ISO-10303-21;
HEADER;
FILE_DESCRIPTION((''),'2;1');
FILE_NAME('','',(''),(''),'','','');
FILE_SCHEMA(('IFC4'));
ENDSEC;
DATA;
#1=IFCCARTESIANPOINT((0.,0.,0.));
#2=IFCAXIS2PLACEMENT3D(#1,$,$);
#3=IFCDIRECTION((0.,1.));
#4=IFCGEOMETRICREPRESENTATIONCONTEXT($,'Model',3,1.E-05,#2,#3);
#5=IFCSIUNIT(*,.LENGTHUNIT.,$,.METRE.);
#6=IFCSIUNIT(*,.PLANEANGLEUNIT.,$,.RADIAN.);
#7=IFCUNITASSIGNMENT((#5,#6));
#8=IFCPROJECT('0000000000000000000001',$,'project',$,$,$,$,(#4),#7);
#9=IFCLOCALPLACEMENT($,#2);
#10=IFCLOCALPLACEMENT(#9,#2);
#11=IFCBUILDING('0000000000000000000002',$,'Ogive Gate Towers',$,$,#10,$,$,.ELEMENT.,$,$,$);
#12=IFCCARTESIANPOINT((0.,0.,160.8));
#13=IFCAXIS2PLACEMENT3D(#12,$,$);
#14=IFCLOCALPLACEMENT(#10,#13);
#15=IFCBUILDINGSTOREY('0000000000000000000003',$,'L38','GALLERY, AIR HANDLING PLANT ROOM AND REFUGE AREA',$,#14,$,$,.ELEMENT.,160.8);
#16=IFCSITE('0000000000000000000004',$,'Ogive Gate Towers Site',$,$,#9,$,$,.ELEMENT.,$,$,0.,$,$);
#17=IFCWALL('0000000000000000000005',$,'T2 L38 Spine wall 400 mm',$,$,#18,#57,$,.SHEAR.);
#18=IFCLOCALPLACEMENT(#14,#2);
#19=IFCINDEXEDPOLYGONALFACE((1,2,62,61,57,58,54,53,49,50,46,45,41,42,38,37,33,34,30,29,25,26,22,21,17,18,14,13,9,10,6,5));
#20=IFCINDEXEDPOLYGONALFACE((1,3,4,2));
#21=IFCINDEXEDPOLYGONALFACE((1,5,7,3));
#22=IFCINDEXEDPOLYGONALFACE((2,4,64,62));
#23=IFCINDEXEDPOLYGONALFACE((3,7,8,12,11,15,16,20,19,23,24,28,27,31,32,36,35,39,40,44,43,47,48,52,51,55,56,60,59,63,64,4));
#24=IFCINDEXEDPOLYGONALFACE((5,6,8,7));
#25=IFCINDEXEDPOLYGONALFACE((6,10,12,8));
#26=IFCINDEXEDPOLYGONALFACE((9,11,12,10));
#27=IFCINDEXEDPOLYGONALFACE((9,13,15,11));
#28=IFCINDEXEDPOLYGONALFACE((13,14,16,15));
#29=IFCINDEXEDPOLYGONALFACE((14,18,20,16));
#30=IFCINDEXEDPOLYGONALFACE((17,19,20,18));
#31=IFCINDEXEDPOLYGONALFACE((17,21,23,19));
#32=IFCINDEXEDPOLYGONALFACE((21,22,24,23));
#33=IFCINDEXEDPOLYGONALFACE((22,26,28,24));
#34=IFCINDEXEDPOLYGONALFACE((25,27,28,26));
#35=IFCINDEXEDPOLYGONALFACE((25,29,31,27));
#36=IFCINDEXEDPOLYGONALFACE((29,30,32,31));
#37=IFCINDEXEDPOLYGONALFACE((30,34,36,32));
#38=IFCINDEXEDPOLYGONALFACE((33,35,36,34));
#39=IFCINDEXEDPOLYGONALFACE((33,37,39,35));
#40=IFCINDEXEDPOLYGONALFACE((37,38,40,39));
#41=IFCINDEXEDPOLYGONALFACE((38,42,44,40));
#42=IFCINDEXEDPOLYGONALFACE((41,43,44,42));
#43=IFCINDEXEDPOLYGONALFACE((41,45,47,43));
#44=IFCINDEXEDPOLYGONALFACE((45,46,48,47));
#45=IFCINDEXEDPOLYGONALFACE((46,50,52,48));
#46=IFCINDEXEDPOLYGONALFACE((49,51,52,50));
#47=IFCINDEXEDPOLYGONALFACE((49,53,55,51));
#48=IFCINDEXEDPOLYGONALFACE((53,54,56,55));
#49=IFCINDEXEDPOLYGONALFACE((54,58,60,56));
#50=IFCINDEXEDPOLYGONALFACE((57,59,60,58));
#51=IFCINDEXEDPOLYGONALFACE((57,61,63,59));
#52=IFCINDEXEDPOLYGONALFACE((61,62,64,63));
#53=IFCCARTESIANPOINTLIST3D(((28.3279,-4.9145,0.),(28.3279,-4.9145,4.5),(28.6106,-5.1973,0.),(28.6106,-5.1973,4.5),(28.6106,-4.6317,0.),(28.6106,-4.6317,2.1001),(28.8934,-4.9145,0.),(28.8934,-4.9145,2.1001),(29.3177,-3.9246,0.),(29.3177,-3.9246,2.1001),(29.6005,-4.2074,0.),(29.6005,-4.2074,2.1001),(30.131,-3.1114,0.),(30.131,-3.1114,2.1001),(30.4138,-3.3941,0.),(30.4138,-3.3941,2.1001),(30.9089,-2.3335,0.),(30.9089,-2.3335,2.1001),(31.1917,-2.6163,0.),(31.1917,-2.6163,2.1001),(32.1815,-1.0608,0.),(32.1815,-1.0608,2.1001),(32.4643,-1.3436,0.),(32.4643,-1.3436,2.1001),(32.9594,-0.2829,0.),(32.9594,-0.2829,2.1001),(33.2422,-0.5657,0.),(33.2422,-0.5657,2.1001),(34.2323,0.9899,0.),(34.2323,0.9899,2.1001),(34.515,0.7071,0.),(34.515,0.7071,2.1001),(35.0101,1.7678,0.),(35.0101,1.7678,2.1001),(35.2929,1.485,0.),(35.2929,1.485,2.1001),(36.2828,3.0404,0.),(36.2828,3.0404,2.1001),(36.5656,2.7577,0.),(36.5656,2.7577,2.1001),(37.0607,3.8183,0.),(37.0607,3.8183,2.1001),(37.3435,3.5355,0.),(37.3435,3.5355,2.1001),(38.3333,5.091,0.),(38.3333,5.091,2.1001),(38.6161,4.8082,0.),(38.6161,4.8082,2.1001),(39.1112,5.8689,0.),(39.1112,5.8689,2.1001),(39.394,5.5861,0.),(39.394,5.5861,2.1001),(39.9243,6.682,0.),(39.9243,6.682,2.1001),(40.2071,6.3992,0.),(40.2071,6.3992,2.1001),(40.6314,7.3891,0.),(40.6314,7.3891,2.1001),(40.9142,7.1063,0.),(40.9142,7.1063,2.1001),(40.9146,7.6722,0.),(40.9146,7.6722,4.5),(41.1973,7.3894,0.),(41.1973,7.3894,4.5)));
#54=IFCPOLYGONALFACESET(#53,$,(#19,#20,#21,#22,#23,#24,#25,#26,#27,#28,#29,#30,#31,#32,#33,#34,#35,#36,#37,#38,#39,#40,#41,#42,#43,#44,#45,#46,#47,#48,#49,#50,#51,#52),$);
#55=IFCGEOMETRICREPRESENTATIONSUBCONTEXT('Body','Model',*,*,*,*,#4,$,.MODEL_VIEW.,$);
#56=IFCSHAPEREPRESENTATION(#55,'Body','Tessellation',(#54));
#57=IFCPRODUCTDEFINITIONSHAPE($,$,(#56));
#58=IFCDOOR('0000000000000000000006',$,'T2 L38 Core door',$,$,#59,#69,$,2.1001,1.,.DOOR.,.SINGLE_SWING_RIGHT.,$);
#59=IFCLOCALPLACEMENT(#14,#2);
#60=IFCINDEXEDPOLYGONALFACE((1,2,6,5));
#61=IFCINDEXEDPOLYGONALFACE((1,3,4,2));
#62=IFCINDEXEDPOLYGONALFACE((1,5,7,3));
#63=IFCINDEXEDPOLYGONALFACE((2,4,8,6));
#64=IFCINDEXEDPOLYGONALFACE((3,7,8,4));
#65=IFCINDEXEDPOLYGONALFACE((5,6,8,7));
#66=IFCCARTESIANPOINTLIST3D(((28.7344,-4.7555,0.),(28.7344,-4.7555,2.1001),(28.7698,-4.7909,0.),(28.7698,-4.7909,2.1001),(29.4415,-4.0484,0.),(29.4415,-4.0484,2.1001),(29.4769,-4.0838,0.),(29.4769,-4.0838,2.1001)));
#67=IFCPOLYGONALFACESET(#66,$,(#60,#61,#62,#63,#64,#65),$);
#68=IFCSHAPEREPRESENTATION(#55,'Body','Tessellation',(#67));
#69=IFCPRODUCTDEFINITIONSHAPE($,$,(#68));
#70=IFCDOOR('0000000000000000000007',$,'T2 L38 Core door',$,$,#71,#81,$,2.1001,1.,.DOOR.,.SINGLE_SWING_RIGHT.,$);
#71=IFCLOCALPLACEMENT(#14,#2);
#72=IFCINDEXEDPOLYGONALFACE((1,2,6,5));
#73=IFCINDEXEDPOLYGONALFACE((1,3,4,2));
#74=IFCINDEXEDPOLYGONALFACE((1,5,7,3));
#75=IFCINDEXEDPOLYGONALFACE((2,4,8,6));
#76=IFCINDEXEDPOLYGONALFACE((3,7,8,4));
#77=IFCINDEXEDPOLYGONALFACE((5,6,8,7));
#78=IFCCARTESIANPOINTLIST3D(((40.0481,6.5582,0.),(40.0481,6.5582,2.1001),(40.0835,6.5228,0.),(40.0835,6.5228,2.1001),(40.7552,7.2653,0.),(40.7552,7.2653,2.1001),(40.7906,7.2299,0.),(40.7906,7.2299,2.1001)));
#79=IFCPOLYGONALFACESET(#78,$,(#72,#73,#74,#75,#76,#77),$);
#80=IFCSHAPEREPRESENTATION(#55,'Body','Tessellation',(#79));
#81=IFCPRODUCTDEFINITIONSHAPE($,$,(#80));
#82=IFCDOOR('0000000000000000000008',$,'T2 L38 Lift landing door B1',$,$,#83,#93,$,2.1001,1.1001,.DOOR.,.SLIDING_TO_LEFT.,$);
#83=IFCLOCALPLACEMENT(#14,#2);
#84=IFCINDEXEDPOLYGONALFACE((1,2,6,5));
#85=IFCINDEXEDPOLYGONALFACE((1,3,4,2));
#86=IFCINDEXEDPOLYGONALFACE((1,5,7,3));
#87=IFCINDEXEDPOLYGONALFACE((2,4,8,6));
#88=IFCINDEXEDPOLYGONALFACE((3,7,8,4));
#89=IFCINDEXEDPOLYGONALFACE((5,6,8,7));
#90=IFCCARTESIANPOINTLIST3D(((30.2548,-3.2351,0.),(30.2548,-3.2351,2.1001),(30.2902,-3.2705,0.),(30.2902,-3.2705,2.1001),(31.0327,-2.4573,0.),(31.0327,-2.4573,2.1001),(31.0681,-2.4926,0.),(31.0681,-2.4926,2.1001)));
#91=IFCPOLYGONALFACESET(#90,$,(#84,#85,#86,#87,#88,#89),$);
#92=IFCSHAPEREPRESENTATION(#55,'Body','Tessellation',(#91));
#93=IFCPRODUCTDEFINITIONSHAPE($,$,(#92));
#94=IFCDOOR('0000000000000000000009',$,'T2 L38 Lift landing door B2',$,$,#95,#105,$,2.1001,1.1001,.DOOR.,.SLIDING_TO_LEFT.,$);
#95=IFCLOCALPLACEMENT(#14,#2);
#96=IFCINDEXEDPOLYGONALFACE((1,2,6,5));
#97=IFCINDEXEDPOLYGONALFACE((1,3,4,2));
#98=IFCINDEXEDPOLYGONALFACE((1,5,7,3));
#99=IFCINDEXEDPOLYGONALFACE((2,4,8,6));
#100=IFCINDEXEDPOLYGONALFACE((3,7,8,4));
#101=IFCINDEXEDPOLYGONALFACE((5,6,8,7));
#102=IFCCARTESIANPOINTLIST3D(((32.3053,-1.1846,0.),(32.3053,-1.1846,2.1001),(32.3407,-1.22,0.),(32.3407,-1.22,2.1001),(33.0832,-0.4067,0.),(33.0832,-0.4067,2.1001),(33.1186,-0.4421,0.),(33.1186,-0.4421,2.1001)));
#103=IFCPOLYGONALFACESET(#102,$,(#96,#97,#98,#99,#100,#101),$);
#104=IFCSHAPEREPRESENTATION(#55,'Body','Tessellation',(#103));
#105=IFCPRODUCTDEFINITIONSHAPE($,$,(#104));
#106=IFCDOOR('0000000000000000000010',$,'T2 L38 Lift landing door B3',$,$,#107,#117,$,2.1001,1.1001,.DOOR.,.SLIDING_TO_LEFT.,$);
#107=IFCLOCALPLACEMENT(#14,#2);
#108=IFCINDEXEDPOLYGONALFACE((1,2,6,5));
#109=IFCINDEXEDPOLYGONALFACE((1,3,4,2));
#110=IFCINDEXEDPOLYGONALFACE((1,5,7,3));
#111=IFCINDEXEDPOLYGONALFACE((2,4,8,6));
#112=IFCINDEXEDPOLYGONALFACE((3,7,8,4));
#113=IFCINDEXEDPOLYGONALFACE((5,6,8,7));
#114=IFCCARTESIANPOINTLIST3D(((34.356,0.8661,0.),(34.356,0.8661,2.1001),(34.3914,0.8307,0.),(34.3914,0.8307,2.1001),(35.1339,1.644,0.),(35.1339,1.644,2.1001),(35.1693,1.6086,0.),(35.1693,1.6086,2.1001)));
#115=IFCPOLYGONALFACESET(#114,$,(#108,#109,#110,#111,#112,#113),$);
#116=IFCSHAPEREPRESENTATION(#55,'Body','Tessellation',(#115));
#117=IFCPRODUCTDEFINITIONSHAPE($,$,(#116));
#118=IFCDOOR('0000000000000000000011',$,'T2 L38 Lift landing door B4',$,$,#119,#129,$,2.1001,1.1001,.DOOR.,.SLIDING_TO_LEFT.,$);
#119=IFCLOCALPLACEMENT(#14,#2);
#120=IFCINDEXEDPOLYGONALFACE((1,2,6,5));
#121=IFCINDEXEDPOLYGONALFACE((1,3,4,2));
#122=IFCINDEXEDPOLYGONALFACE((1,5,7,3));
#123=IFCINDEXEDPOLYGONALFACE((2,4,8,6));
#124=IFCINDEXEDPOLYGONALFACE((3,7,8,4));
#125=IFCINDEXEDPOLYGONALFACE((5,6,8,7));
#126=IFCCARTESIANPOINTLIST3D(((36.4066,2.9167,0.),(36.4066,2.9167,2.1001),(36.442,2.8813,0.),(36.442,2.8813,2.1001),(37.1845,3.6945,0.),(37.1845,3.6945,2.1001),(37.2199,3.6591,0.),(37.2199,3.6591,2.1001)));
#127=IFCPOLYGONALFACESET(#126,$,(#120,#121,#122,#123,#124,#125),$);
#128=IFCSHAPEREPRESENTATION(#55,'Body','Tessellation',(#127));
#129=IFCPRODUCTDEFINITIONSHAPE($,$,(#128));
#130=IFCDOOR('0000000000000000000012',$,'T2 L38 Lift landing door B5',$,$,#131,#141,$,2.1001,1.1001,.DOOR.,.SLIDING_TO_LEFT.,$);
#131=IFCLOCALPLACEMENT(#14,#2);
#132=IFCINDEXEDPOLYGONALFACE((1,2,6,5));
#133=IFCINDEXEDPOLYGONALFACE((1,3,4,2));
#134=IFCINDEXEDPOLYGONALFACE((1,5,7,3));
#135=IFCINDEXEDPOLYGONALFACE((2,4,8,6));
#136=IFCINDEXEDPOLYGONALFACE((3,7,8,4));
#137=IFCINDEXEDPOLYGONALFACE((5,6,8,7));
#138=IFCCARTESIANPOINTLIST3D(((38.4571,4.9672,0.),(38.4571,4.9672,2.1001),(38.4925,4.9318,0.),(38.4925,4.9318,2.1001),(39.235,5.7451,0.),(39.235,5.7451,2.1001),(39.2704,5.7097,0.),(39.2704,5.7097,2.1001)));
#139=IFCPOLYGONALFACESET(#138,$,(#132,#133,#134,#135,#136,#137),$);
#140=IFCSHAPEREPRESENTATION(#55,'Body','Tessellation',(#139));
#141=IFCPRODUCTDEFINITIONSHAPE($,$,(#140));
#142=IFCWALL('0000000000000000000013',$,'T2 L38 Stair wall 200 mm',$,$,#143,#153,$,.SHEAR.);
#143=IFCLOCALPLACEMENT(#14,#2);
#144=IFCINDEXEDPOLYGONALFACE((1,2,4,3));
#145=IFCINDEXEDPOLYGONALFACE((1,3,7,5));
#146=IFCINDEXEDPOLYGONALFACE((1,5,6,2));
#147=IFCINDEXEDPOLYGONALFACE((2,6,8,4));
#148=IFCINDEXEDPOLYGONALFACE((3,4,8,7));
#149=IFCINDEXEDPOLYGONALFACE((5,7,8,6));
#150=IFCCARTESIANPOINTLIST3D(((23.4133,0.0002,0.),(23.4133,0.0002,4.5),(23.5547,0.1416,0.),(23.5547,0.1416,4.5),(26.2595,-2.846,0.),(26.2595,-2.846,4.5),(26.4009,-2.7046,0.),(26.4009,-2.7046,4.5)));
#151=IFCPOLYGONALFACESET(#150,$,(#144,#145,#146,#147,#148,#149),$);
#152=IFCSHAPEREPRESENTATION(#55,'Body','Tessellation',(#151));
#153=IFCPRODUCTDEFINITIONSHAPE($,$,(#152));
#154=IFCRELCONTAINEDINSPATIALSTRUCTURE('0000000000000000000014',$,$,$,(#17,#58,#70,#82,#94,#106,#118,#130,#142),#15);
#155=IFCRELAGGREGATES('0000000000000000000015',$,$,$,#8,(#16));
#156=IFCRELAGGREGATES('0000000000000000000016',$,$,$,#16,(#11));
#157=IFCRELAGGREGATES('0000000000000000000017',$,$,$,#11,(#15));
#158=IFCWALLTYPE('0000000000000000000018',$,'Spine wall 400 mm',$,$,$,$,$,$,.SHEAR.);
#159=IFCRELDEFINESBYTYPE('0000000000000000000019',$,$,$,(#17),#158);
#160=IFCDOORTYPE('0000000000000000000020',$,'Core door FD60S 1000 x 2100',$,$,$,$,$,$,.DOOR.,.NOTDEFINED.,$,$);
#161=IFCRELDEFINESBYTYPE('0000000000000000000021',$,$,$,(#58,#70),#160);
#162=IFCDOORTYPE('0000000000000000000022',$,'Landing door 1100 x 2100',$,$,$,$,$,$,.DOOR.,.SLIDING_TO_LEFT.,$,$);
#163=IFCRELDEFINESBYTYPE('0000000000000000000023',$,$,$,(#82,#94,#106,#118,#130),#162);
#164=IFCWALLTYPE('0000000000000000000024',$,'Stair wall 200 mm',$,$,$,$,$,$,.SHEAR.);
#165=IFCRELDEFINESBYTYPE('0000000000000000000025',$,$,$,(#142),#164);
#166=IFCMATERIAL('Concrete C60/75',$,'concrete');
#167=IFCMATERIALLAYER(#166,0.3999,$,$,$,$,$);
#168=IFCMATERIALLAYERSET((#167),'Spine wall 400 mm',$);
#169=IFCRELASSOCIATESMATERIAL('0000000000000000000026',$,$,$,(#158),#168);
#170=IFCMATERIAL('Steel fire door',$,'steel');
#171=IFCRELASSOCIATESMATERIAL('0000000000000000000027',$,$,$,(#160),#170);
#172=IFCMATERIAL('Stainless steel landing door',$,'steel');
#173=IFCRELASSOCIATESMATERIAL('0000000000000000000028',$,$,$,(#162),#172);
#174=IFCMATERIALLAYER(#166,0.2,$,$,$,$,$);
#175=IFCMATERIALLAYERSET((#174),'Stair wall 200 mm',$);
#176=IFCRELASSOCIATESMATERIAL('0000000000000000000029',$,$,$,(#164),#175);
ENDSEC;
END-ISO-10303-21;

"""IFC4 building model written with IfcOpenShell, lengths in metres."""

from ifc_helpers import new_model, si_unit, direction, frame, frame_2d, origin, place, context, subcontext, project, spatial, rectangle, extrude, material, layer, layer_set, type_object, element, fill, save


model = new_model("IFC4")

# Units and contexts
model_context = context("Model", 3, precision=1e-05, world=origin(), true_north=direction((0.0, 1.0)))
body_context = subcontext(model_context, "Body", "Model", "MODEL_VIEW")
ifc_project = project(units=[si_unit("LENGTHUNIT", "METRE"), si_unit("PLANEANGLEUNIT", "RADIAN")], contexts=[model_context])

# Site, building, storey
site_placement = place(None, origin())
site = spatial("IfcSite", under=ifc_project, at=site_placement, Name="Ogive Gate Towers Site", CompositionType="ELEMENT", RefElevation=0.0)
building_placement = place(site_placement, origin())
building = spatial("IfcBuilding", under=site, at=building_placement, Name="Ogive Gate Towers", CompositionType="ELEMENT")
storey_placement = place(building_placement, frame((0.0, 0.0, 160.8)))
storey = spatial("IfcBuildingStorey", under=building, at=storey_placement, Name="L38", Description="GALLERY, AIR HANDLING PLANT ROOM AND REFUGE AREA", CompositionType="ELEMENT", Elevation=160.8)

# Shared definitions
ifc_material_1 = material(Name="Concrete C60/75", Category="concrete")

# Wall, openings, doors
ifc_layer_1 = layer(ifc_material_1, 0.3999)
ifc_layer_set_1 = layer_set([ifc_layer_1], Name="Spine wall 400 mm")
wall_type_1 = type_object("IfcWallType", Name="Spine wall 400 mm", PredefinedType="SHEAR", material=ifc_layer_set_1)
ifc_material_2 = material(Name="Steel fire door", Category="steel")
door_type_1 = type_object("IfcDoorType", Name="Core door FD60S 1000 x 2100", OperationType="NOTDEFINED", PredefinedType="DOOR", material=ifc_material_2)
ifc_material_3 = material(Name="Stainless steel landing door", Category="steel")
door_type_2 = type_object("IfcDoorType", Name="Landing door 1100 x 2100", OperationType="SLIDING_TO_LEFT", PredefinedType="DOOR", material=ifc_material_3)
wall_1_placement = place(storey_placement, frame((28.4692, -5.0559, 0.0), z_axis=(0.0, 0.0, 1.0), x_axis=(0.707107, 0.707107, 0.0)))
wall_1 = element("IfcWall", 1, at=wall_1_placement, inside=storey, type_object=wall_type_1, Name="T2 L38 Spine wall 400 mm", PredefinedType="SHEAR", context=body_context, shape_type="SweptSolid", body=[
    extrude(rectangle(XDim=17.8003, YDim=0.3999, at=frame_2d((8.9001, 0.0))), origin(), (0.0, 0.0, 1.0), 4.5),
])
opening_1_placement = place(wall_1_placement, frame((0.3999, 0.0, 0.0)))
opening_1 = element("IfcOpeningElement", 2, at=opening_1_placement, cuts=wall_1, PredefinedType="OPENING", context=body_context, shape_type="SweptSolid", body=[
    extrude(rectangle(XDim=1.0, YDim=2.1001, at=frame_2d((0.5, 1.05))), frame((0.0, 0.21, 0.0), z_axis=(0.0, -1.0, 0.0), x_axis=(1.0, 0.0, 0.0)), (0.0, 0.0, 1.0), 0.4199),
])
opening_2_placement = place(wall_1_placement, frame((2.55, 0.0, 0.0)))
opening_2 = element("IfcOpeningElement", 3, at=opening_2_placement, cuts=wall_1, PredefinedType="OPENING", context=body_context, shape_type="SweptSolid", body=[
    extrude(rectangle(XDim=1.1001, YDim=2.1001, at=frame_2d((0.55, 1.05))), frame((0.0, 0.21, 0.0), z_axis=(0.0, -1.0, 0.0), x_axis=(1.0, 0.0, 0.0)), (0.0, 0.0, 1.0), 0.4199),
])
opening_3_placement = place(wall_1_placement, frame((5.45, 0.0, 0.0)))
opening_3 = element("IfcOpeningElement", 4, at=opening_3_placement, cuts=wall_1, PredefinedType="OPENING", context=body_context, shape_type="SweptSolid", body=[
    extrude(rectangle(XDim=1.1001, YDim=2.1001, at=frame_2d((0.55, 1.05))), frame((0.0, 0.21, 0.0), z_axis=(0.0, -1.0, 0.0), x_axis=(1.0, 0.0, 0.0)), (0.0, 0.0, 1.0), 0.4199),
])
opening_4_placement = place(wall_1_placement, frame((8.3501, 0.0, 0.0)))
opening_4 = element("IfcOpeningElement", 5, at=opening_4_placement, cuts=wall_1, PredefinedType="OPENING", context=body_context, shape_type="SweptSolid", body=[
    extrude(rectangle(XDim=1.1001, YDim=2.1001, at=frame_2d((0.55, 1.05))), frame((0.0, 0.21, 0.0), z_axis=(0.0, -1.0, 0.0), x_axis=(1.0, 0.0, 0.0)), (0.0, 0.0, 1.0), 0.4199),
])
opening_5_placement = place(wall_1_placement, frame((11.25, 0.0, 0.0)))
opening_5 = element("IfcOpeningElement", 6, at=opening_5_placement, cuts=wall_1, PredefinedType="OPENING", context=body_context, shape_type="SweptSolid", body=[
    extrude(rectangle(XDim=1.1001, YDim=2.1001, at=frame_2d((0.55, 1.05))), frame((0.0, 0.21, 0.0), z_axis=(0.0, -1.0, 0.0), x_axis=(1.0, 0.0, 0.0)), (0.0, 0.0, 1.0), 0.4199),
])
opening_6_placement = place(wall_1_placement, frame((14.1499, 0.0, 0.0)))
opening_6 = element("IfcOpeningElement", 7, at=opening_6_placement, cuts=wall_1, PredefinedType="OPENING", context=body_context, shape_type="SweptSolid", body=[
    extrude(rectangle(XDim=1.1001, YDim=2.1001, at=frame_2d((0.55, 1.05))), frame((0.0, 0.21, 0.0), z_axis=(0.0, -1.0, 0.0), x_axis=(1.0, 0.0, 0.0)), (0.0, 0.0, 1.0), 0.4199),
])
opening_7_placement = place(wall_1_placement, frame((16.3999, 0.0, 0.0)))
opening_7 = element("IfcOpeningElement", 8, at=opening_7_placement, cuts=wall_1, PredefinedType="OPENING", context=body_context, shape_type="SweptSolid", body=[
    extrude(rectangle(XDim=1.0, YDim=2.1001, at=frame_2d((0.5, 1.05))), frame((0.0, 0.21, 0.0), z_axis=(0.0, -1.0, 0.0), x_axis=(1.0, 0.0, 0.0)), (0.0, 0.0, 1.0), 0.4199),
])
door_1_placement = place(opening_1_placement, origin())
door_1 = element("IfcDoor", 9, at=door_1_placement, inside=storey, type_object=door_type_1, Name="T2 L38 Core door", OperationType="SINGLE_SWING_RIGHT", OverallHeight=2.1001, OverallWidth=1.0, PredefinedType="DOOR", context=body_context, shape_type="SweptSolid", body=[
    extrude(rectangle(XDim=1.0, YDim=2.1001, at=frame_2d((0.5, 1.05))), frame((0.0, 0.0249, 0.0), z_axis=(0.0, -1.0, 0.0), x_axis=(1.0, 0.0, 0.0)), (0.0, 0.0, 1.0), 0.05),
])
fill(opening_1, door_1)
door_2_placement = place(opening_7_placement, origin())
door_2 = element("IfcDoor", 10, at=door_2_placement, inside=storey, type_object=door_type_1, Name="T2 L38 Core door", OperationType="SINGLE_SWING_RIGHT", OverallHeight=2.1001, OverallWidth=1.0, PredefinedType="DOOR", context=body_context, shape_type="SweptSolid", body=[
    extrude(rectangle(XDim=1.0, YDim=2.1001, at=frame_2d((0.5, 1.05))), frame((0.0, 0.0249, 0.0), z_axis=(0.0, -1.0, 0.0), x_axis=(1.0, 0.0, 0.0)), (0.0, 0.0, 1.0), 0.05),
])
fill(opening_7, door_2)
door_3_placement = place(opening_2_placement, origin())
door_3 = element("IfcDoor", 11, at=door_3_placement, inside=storey, type_object=door_type_2, Name="T2 L38 Lift landing door B1", OperationType="SLIDING_TO_LEFT", OverallHeight=2.1001, OverallWidth=1.1001, PredefinedType="DOOR", context=body_context, shape_type="SweptSolid", body=[
    extrude(rectangle(XDim=1.1001, YDim=2.1001, at=frame_2d((0.55, 1.05))), frame((0.0, 0.0249, 0.0), z_axis=(0.0, -1.0, 0.0), x_axis=(1.0, 0.0, 0.0)), (0.0, 0.0, 1.0), 0.05),
])
fill(opening_2, door_3)
door_4_placement = place(opening_3_placement, origin())
door_4 = element("IfcDoor", 12, at=door_4_placement, inside=storey, type_object=door_type_2, Name="T2 L38 Lift landing door B2", OperationType="SLIDING_TO_LEFT", OverallHeight=2.1001, OverallWidth=1.1001, PredefinedType="DOOR", context=body_context, shape_type="SweptSolid", body=[
    extrude(rectangle(XDim=1.1001, YDim=2.1001, at=frame_2d((0.55, 1.05))), frame((0.0, 0.0249, 0.0), z_axis=(0.0, -1.0, 0.0), x_axis=(1.0, 0.0, 0.0)), (0.0, 0.0, 1.0), 0.05),
])
fill(opening_3, door_4)
door_5_placement = place(opening_4_placement, origin())
door_5 = element("IfcDoor", 13, at=door_5_placement, inside=storey, type_object=door_type_2, Name="T2 L38 Lift landing door B3", OperationType="SLIDING_TO_LEFT", OverallHeight=2.1001, OverallWidth=1.1001, PredefinedType="DOOR", context=body_context, shape_type="SweptSolid", body=[
    extrude(rectangle(XDim=1.1001, YDim=2.1001, at=frame_2d((0.55, 1.05))), frame((0.0, 0.0249, 0.0), z_axis=(0.0, -1.0, 0.0), x_axis=(1.0, 0.0, 0.0)), (0.0, 0.0, 1.0), 0.05),
])
fill(opening_4, door_5)
door_6_placement = place(opening_5_placement, origin())
door_6 = element("IfcDoor", 14, at=door_6_placement, inside=storey, type_object=door_type_2, Name="T2 L38 Lift landing door B4", OperationType="SLIDING_TO_LEFT", OverallHeight=2.1001, OverallWidth=1.1001, PredefinedType="DOOR", context=body_context, shape_type="SweptSolid", body=[
    extrude(rectangle(XDim=1.1001, YDim=2.1001, at=frame_2d((0.55, 1.05))), frame((0.0, 0.0249, 0.0), z_axis=(0.0, -1.0, 0.0), x_axis=(1.0, 0.0, 0.0)), (0.0, 0.0, 1.0), 0.05),
])
fill(opening_5, door_6)
door_7_placement = place(opening_6_placement, origin())
door_7 = element("IfcDoor", 15, at=door_7_placement, inside=storey, type_object=door_type_2, Name="T2 L38 Lift landing door B5", OperationType="SLIDING_TO_LEFT", OverallHeight=2.1001, OverallWidth=1.1001, PredefinedType="DOOR", context=body_context, shape_type="SweptSolid", body=[
    extrude(rectangle(XDim=1.1001, YDim=2.1001, at=frame_2d((0.55, 1.05))), frame((0.0, 0.0249, 0.0), z_axis=(0.0, -1.0, 0.0), x_axis=(1.0, 0.0, 0.0)), (0.0, 0.0, 1.0), 0.05),
])
fill(opening_6, door_7)

# Wall
ifc_layer_2 = layer(ifc_material_1, 0.2)
ifc_layer_set_2 = layer_set([ifc_layer_2], Name="Stair wall 200 mm")
wall_type_2 = type_object("IfcWallType", Name="Stair wall 200 mm", PredefinedType="SHEAR", material=ifc_layer_set_2)
wall_2_placement = place(storey_placement, frame((26.3303, -2.7754, 0.0), z_axis=(0.0, 0.0, 1.0), x_axis=(-0.707107, 0.707107, 0.0)))
element("IfcWall", 16, at=wall_2_placement, inside=storey, type_object=wall_type_2, Name="T2 L38 Stair wall 200 mm", PredefinedType="SHEAR", context=body_context, shape_type="SweptSolid", body=[
    extrude(rectangle(XDim=4.0251, YDim=0.2, at=frame_2d((2.0127, 0.0))), origin(), (0.0, 0.0, 1.0), 4.5),
])

save(model, "model.ifc")
